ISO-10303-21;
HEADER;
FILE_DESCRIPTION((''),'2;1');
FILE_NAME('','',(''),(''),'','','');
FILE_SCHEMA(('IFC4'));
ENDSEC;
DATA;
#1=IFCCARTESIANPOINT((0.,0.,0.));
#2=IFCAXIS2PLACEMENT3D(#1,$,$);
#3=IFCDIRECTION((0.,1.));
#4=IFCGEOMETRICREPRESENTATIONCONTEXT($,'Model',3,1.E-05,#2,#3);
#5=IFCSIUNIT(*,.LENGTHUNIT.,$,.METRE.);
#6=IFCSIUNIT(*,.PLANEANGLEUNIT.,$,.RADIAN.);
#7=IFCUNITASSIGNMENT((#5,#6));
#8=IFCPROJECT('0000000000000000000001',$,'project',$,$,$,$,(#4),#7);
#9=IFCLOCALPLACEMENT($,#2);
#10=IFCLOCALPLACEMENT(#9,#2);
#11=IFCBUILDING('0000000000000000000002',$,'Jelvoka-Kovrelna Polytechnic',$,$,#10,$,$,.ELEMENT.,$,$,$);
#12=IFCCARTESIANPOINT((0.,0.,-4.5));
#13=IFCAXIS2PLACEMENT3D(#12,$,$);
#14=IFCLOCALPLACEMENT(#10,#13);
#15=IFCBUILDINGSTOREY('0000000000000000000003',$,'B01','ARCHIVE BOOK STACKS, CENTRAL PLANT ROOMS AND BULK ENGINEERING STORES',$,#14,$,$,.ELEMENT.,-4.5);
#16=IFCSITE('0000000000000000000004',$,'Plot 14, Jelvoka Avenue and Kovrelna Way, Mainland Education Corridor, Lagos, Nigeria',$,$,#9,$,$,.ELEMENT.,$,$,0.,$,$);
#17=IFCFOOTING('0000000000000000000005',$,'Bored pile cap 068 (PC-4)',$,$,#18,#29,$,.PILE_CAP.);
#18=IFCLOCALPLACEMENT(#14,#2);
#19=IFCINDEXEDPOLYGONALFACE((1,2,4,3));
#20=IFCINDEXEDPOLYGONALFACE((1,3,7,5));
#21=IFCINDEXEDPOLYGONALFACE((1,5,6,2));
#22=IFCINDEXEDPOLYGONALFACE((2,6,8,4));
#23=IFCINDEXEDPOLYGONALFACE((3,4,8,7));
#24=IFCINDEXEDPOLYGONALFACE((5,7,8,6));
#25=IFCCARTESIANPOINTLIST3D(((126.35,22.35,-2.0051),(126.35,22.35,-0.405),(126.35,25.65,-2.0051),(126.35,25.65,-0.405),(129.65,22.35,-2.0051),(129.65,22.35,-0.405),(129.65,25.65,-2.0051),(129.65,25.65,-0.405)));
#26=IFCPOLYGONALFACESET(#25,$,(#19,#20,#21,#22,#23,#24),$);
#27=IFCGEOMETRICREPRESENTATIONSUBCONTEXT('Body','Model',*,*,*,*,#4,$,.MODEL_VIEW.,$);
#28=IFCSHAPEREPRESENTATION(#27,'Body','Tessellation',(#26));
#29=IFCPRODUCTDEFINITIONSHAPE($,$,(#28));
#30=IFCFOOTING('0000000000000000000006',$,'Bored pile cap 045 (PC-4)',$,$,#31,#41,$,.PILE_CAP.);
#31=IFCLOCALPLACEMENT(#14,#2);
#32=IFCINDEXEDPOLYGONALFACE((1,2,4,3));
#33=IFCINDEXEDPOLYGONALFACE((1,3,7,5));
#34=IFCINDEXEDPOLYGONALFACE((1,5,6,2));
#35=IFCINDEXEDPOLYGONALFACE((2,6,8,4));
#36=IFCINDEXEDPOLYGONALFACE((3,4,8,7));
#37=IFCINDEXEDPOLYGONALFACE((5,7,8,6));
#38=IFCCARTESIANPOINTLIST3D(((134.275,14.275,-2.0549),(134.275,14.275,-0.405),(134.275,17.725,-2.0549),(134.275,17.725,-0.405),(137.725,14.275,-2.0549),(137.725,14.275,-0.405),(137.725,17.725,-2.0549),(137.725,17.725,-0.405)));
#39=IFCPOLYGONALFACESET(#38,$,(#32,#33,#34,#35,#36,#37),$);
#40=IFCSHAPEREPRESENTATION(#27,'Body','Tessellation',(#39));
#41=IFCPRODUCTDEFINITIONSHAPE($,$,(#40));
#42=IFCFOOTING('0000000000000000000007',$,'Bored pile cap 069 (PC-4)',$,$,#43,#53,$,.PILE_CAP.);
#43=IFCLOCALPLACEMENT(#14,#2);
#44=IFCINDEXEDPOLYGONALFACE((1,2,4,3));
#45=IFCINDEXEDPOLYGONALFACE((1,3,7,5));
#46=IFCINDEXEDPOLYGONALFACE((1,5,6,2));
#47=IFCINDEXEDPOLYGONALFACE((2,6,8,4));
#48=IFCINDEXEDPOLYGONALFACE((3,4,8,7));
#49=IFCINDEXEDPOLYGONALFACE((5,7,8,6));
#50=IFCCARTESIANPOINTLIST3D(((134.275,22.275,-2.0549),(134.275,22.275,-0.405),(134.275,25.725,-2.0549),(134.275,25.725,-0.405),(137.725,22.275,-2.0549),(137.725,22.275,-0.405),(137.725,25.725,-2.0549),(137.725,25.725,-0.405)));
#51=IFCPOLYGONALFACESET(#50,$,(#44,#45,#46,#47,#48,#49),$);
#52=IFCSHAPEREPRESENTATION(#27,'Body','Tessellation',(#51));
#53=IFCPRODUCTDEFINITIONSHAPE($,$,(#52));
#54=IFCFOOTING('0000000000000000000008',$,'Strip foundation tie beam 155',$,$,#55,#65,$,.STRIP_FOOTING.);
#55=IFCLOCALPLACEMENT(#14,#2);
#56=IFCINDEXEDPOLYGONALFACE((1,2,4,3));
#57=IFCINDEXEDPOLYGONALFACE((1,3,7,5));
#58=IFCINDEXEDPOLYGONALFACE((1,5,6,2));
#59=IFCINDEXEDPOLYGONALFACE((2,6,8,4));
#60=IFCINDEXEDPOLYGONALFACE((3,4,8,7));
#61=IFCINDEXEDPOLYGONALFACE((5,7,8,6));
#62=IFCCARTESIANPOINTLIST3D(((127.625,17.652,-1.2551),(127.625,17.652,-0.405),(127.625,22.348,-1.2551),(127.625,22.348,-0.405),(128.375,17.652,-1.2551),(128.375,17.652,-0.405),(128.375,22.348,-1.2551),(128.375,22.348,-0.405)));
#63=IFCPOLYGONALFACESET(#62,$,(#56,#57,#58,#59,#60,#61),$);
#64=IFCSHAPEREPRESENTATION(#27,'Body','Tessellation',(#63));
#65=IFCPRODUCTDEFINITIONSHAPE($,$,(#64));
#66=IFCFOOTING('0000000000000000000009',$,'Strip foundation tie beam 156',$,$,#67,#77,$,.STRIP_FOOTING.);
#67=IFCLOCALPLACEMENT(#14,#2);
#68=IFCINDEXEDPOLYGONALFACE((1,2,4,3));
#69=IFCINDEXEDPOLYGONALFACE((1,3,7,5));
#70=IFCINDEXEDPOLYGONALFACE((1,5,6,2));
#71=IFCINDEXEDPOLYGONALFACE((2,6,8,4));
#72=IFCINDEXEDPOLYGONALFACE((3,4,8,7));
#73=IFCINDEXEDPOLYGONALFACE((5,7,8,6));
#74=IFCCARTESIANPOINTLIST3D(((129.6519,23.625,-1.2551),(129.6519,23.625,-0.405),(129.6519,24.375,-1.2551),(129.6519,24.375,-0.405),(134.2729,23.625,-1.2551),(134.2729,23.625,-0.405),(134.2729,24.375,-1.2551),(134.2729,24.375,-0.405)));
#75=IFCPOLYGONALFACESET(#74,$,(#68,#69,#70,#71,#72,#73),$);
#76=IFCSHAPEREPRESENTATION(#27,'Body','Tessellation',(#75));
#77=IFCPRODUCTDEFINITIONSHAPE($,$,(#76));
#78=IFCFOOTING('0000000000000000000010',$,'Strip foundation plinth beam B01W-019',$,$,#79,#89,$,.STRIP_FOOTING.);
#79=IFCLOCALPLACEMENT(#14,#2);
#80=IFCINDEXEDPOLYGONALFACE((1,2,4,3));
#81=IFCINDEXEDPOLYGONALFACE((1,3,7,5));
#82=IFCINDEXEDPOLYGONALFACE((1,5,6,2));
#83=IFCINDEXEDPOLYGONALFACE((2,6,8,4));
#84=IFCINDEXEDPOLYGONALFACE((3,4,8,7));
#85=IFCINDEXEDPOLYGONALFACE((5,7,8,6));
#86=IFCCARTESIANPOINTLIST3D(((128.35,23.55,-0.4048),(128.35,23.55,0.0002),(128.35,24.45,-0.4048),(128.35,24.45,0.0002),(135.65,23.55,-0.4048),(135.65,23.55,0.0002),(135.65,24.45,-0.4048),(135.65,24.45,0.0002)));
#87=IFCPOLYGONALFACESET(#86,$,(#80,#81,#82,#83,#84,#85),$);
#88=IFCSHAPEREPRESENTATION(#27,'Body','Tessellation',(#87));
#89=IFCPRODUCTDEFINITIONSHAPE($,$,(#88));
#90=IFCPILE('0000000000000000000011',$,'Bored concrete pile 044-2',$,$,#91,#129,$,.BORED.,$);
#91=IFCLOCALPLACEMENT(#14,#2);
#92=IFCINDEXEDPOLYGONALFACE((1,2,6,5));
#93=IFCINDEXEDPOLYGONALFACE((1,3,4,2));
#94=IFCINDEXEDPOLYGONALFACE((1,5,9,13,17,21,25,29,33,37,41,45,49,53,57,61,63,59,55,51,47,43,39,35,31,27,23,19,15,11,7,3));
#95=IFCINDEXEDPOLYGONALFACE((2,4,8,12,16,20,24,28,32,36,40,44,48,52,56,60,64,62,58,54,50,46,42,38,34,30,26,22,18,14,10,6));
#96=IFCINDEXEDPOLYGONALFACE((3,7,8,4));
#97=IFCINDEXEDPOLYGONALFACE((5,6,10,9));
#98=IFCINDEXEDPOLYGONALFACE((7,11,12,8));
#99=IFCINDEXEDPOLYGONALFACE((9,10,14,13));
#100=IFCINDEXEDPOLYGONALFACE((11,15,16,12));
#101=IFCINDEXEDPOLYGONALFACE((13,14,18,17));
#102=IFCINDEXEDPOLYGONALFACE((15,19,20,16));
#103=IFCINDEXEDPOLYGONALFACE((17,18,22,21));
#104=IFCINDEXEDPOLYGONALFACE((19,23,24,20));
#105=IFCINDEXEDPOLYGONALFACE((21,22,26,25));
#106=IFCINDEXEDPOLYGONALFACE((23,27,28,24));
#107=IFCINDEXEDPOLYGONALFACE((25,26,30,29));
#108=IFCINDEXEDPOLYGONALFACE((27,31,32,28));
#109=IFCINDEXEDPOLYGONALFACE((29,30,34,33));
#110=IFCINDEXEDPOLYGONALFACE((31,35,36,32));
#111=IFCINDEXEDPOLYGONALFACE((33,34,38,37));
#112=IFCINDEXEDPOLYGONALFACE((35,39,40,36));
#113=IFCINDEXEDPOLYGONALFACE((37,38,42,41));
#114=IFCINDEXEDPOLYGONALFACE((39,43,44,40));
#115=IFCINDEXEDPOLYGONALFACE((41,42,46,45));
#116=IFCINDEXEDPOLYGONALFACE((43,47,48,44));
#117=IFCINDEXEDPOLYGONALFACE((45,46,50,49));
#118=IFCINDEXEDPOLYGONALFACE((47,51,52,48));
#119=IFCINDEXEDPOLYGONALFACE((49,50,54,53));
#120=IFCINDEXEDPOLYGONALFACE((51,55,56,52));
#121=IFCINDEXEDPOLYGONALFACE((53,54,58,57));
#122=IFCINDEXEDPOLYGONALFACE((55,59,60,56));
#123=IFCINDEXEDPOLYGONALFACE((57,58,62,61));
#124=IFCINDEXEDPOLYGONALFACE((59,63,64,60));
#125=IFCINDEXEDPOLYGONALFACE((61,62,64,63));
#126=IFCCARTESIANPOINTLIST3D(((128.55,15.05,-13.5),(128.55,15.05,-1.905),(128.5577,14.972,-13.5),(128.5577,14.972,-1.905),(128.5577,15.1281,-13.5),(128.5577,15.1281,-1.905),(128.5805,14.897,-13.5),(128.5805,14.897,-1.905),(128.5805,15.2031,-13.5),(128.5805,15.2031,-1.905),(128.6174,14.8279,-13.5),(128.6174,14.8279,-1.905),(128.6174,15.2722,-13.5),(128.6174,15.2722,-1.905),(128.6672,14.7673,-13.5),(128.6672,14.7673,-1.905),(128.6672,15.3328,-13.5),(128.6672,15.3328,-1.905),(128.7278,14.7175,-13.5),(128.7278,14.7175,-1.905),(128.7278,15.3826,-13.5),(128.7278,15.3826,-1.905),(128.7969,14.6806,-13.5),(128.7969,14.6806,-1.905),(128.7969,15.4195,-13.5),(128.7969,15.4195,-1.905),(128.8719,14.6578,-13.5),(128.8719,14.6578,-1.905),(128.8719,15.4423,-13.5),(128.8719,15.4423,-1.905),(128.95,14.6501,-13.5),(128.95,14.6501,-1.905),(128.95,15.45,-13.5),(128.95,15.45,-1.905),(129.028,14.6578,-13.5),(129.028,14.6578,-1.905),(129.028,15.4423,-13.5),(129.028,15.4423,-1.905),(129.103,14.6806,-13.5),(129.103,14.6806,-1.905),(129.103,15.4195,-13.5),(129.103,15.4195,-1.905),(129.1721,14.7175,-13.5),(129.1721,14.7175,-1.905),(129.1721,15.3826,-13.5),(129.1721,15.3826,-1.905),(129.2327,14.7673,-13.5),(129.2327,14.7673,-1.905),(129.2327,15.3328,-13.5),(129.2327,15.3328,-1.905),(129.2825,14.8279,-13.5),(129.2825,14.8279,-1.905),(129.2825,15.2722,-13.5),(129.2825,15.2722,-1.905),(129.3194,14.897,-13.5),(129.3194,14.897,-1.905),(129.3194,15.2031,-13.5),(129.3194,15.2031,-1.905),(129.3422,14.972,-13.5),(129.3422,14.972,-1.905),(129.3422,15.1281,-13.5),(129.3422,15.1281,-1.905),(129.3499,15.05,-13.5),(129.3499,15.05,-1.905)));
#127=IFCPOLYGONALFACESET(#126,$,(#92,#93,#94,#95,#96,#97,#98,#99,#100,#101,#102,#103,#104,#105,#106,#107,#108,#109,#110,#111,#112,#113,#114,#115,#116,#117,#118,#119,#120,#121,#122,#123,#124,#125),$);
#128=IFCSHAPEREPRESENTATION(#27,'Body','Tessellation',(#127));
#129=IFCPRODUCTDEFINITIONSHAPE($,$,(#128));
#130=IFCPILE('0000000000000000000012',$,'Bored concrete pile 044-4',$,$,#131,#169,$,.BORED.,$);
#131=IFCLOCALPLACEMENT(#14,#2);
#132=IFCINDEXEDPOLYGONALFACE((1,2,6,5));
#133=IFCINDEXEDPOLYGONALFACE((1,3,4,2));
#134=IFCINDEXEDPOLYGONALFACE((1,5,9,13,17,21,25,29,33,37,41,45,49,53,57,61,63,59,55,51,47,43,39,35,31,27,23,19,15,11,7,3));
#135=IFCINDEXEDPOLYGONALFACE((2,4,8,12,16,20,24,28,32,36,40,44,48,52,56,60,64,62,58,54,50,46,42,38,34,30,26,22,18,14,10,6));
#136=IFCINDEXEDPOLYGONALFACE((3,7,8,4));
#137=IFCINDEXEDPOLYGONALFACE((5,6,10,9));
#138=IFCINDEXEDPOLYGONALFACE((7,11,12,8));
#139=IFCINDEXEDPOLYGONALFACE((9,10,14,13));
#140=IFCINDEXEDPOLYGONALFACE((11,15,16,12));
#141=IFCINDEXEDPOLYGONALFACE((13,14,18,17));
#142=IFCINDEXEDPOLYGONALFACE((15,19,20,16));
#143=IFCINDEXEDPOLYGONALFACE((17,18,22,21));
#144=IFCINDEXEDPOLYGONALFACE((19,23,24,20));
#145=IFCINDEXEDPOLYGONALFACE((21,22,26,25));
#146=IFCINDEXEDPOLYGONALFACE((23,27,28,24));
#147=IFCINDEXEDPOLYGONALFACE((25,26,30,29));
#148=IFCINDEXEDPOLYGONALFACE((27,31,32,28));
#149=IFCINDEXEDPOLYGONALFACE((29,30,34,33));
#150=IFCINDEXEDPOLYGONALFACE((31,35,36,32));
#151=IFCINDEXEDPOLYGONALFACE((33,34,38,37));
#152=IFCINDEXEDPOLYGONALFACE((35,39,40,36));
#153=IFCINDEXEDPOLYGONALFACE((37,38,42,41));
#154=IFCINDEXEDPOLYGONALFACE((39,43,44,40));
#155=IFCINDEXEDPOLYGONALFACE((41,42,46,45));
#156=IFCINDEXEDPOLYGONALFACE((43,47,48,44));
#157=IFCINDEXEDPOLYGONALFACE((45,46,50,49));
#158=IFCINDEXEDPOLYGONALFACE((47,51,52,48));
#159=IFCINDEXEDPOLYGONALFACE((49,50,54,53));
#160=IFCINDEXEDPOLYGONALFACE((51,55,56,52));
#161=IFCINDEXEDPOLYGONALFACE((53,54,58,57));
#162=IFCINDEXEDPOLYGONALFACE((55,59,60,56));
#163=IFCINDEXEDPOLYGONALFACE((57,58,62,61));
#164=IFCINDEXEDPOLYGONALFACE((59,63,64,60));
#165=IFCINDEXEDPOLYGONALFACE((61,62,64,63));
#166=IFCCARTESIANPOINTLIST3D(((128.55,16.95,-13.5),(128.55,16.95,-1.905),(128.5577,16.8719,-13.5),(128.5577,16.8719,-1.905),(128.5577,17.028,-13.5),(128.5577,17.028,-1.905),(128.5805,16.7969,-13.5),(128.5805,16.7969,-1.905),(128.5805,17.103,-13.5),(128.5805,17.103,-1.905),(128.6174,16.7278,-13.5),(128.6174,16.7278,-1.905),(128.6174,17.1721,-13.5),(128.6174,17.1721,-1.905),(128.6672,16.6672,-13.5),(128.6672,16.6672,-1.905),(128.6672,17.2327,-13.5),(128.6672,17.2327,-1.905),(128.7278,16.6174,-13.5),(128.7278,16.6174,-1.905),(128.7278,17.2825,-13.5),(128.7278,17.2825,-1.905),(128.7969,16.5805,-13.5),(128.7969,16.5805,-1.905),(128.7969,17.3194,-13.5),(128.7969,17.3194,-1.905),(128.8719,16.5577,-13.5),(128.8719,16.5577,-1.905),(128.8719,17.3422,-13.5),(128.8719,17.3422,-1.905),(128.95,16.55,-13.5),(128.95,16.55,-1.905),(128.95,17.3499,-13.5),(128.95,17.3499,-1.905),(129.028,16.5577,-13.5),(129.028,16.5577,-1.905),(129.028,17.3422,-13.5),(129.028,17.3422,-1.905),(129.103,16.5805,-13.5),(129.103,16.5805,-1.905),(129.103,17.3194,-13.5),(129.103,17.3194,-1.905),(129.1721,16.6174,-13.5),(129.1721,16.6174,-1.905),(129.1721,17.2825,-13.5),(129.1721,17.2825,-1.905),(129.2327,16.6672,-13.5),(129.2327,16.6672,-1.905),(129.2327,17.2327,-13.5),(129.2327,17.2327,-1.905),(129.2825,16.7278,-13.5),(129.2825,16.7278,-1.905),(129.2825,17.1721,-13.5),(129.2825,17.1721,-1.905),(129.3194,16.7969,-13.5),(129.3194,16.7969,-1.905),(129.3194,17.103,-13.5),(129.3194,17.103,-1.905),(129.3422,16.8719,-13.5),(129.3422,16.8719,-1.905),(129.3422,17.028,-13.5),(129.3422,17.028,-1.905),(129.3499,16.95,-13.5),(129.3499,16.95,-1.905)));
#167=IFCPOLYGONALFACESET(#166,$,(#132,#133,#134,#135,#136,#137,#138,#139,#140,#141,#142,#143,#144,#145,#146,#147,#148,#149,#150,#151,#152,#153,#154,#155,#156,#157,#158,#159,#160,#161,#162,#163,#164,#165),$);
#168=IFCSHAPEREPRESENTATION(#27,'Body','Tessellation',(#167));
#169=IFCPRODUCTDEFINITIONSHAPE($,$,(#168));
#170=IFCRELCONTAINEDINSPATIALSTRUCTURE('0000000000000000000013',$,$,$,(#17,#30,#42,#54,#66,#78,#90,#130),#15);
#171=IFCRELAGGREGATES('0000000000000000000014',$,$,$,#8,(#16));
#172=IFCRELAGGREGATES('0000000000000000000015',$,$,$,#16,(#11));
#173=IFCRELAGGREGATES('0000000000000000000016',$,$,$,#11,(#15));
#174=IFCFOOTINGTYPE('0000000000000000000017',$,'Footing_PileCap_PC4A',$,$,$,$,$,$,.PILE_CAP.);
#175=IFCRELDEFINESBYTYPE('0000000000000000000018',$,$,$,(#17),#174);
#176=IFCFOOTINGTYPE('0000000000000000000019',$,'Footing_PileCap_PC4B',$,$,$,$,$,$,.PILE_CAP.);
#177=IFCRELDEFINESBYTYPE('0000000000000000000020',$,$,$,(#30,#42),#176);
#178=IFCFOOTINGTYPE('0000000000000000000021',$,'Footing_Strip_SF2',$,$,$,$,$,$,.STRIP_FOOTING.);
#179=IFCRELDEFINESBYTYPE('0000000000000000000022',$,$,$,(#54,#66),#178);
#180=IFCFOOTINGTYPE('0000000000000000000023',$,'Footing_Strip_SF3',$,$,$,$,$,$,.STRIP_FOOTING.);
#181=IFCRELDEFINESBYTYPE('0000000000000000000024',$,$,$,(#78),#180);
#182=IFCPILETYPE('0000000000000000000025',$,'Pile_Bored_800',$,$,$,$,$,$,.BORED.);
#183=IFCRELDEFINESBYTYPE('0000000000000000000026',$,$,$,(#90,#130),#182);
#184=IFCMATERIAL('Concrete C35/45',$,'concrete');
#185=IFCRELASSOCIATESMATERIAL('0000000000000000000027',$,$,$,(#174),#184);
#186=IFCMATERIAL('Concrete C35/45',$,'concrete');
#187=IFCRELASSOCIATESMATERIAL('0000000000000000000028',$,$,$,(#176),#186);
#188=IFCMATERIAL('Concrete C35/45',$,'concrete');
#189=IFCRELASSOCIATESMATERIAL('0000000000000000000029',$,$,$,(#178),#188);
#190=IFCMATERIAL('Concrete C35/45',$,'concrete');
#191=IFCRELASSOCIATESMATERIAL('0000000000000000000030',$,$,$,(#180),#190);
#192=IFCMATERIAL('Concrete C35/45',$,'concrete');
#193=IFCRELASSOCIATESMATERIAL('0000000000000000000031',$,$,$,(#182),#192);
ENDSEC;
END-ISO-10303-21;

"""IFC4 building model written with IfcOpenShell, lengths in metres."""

from ifc_helpers import new_model, si_unit, direction, frame, origin, origin_2d, place, context, subcontext, project, spatial, rectangle, circle, extrude, material, material_profile, profile_set, type_object, element, save


model = new_model("IFC4")

# Units and contexts
model_context = context("Model", 3, precision=1e-05, world=origin(), true_north=direction((0.0, 1.0)))
body_context = subcontext(model_context, "Body", "Model", "MODEL_VIEW")
ifc_project = project(units=[si_unit("LENGTHUNIT", "METRE"), si_unit("PLANEANGLEUNIT", "RADIAN")], contexts=[model_context])

# Site, building, storey
site_placement = place(None, origin())
site = spatial("IfcSite", under=ifc_project, at=site_placement, Name="Plot 14, Jelvoka Avenue and Kovrelna Way, Mainland Education Corridor, Lagos, Nigeria", CompositionType="ELEMENT", RefElevation=0.0)
building_placement = place(site_placement, origin())
building = spatial("IfcBuilding", under=site, at=building_placement, Name="Jelvoka-Kovrelna Polytechnic", CompositionType="ELEMENT")
storey_placement = place(building_placement, frame((0.0, 0.0, -4.5)))
storey = spatial("IfcBuildingStorey", under=building, at=storey_placement, Name="B01", Description="ARCHIVE BOOK STACKS, CENTRAL PLANT ROOMS AND BULK ENGINEERING STORES", CompositionType="ELEMENT", Elevation=-4.5)

# Footings
ifc_material_1 = material(Name="Concrete C35/45", Category="concrete")
footing_type_1 = type_object("IfcFootingType", Name="Footing_PileCap_PC4A", PredefinedType="PILE_CAP", material=ifc_material_1)
footing_1_placement = place(storey_placement, frame((128.0, 24.0, -2.0051), z_axis=(0.0, 0.0, 1.0), x_axis=(1.0, 0.0, 0.0)))
element("IfcFooting", 1, at=footing_1_placement, inside=storey, type_object=footing_type_1, Name="Bored pile cap 068 (PC-4)", PredefinedType="PILE_CAP", context=body_context, shape_type="SweptSolid", body=[
    extrude(rectangle(XDim=3.3, YDim=3.3, at=origin_2d()), origin(), (0.0, 0.0, 1.0), 1.6001),
])
ifc_material_2 = material(Name="Concrete C35/45", Category="concrete")
footing_type_2 = type_object("IfcFootingType", Name="Footing_PileCap_PC4B", PredefinedType="PILE_CAP", material=ifc_material_2)
for number, where, z_axis, x_axis, name in (
    (2, (136.0, 16.0, -2.0549), (0.0, 0.0, 1.0), (1.0, 0.0, 0.0), "Bored pile cap 045 (PC-4)"),
    (3, (136.0, 24.0, -2.0549), (0.0, 0.0, 1.0), (1.0, 0.0, 0.0), "Bored pile cap 069 (PC-4)"),
):
    element("IfcFooting", number, at=place(storey_placement, frame(where, z_axis=z_axis, x_axis=x_axis)), inside=storey, type_object=footing_type_2, Name=name, PredefinedType="PILE_CAP", context=body_context, shape_type="SweptSolid", body=[
        extrude(rectangle(XDim=3.45, YDim=3.45, at=origin_2d()), origin(), (0.0, 0.0, 1.0), 1.6499),
    ])
ifc_material_3 = material(Name="Concrete C35/45", Category="concrete")
footing_type_3 = type_object("IfcFootingType", Name="Footing_Strip_SF2", PredefinedType="STRIP_FOOTING", material=ifc_material_3)
footing_2_placement = place(storey_placement, frame((128.0, 20.0, -1.2551), z_axis=(0.0, 0.0, 1.0), x_axis=(0.0, 1.0, 0.0)))
element("IfcFooting", 4, at=footing_2_placement, inside=storey, type_object=footing_type_3, Name="Strip foundation tie beam 155", PredefinedType="STRIP_FOOTING", context=body_context, shape_type="SweptSolid", body=[
    extrude(rectangle(XDim=4.696, YDim=0.75, at=origin_2d()), origin(), (0.0, 0.0, 1.0), 0.8501),
])
footing_3_placement = place(storey_placement, frame((131.9624, 24.0, -1.2551), z_axis=(0.0, 0.0, 1.0), x_axis=(1.0, 0.0, 0.0)))
element("IfcFooting", 5, at=footing_3_placement, inside=storey, type_object=footing_type_3, Name="Strip foundation tie beam 156", PredefinedType="STRIP_FOOTING", context=body_context, shape_type="SweptSolid", body=[
    extrude(rectangle(XDim=4.6211, YDim=0.75, at=origin_2d()), origin(), (0.0, 0.0, 1.0), 0.8501),
])
ifc_material_4 = material(Name="Concrete C35/45", Category="concrete")
footing_type_4 = type_object("IfcFootingType", Name="Footing_Strip_SF3", PredefinedType="STRIP_FOOTING", material=ifc_material_4)
footing_4_placement = place(storey_placement, frame((132.0, 24.0, -0.4048), z_axis=(0.0, 0.0, 1.0), x_axis=(1.0, 0.0, 0.0)))
element("IfcFooting", 6, at=footing_4_placement, inside=storey, type_object=footing_type_4, Name="Strip foundation plinth beam B01W-019", PredefinedType="STRIP_FOOTING", context=body_context, shape_type="SweptSolid", body=[
    extrude(rectangle(XDim=7.3, YDim=0.8999, at=origin_2d()), origin(), (0.0, 0.0, 1.0), 0.405),
])

# Piles
ifc_material_5 = material(Name="Concrete C35/45", Category="concrete")
ifc_material_profile_1 = material_profile(ifc_material_5, circle(Radius=0.3999, at=origin_2d()), Name="PILE D800")
ifc_profile_set_1 = profile_set([ifc_material_profile_1], Name="Concrete C35/45")
pile_type = type_object("IfcPileType", Name="Pile_Bored_800", PredefinedType="BORED", material=ifc_profile_set_1)
for number, where, z_axis, x_axis, name in (
    (7, (128.95, 15.05, -1.905), (0.0, 0.0, -1.0), (1.0, 0.0, 0.0), "Bored concrete pile 044-2"),
    (8, (128.95, 16.95, -1.905), (0.0, 0.0, -1.0), (1.0, 0.0, 0.0), "Bored concrete pile 044-4"),
):
    element("IfcPile", number, at=place(storey_placement, frame(where, z_axis=z_axis, x_axis=x_axis)), inside=storey, type_object=pile_type, Name=name, PredefinedType="BORED", context=body_context, shape_type="SweptSolid", body=[
        extrude(circle(Radius=0.3999, at=origin_2d()), origin(), (0.0, 0.0, 1.0), 11.595),
    ])

save(model, "model.ifc")
